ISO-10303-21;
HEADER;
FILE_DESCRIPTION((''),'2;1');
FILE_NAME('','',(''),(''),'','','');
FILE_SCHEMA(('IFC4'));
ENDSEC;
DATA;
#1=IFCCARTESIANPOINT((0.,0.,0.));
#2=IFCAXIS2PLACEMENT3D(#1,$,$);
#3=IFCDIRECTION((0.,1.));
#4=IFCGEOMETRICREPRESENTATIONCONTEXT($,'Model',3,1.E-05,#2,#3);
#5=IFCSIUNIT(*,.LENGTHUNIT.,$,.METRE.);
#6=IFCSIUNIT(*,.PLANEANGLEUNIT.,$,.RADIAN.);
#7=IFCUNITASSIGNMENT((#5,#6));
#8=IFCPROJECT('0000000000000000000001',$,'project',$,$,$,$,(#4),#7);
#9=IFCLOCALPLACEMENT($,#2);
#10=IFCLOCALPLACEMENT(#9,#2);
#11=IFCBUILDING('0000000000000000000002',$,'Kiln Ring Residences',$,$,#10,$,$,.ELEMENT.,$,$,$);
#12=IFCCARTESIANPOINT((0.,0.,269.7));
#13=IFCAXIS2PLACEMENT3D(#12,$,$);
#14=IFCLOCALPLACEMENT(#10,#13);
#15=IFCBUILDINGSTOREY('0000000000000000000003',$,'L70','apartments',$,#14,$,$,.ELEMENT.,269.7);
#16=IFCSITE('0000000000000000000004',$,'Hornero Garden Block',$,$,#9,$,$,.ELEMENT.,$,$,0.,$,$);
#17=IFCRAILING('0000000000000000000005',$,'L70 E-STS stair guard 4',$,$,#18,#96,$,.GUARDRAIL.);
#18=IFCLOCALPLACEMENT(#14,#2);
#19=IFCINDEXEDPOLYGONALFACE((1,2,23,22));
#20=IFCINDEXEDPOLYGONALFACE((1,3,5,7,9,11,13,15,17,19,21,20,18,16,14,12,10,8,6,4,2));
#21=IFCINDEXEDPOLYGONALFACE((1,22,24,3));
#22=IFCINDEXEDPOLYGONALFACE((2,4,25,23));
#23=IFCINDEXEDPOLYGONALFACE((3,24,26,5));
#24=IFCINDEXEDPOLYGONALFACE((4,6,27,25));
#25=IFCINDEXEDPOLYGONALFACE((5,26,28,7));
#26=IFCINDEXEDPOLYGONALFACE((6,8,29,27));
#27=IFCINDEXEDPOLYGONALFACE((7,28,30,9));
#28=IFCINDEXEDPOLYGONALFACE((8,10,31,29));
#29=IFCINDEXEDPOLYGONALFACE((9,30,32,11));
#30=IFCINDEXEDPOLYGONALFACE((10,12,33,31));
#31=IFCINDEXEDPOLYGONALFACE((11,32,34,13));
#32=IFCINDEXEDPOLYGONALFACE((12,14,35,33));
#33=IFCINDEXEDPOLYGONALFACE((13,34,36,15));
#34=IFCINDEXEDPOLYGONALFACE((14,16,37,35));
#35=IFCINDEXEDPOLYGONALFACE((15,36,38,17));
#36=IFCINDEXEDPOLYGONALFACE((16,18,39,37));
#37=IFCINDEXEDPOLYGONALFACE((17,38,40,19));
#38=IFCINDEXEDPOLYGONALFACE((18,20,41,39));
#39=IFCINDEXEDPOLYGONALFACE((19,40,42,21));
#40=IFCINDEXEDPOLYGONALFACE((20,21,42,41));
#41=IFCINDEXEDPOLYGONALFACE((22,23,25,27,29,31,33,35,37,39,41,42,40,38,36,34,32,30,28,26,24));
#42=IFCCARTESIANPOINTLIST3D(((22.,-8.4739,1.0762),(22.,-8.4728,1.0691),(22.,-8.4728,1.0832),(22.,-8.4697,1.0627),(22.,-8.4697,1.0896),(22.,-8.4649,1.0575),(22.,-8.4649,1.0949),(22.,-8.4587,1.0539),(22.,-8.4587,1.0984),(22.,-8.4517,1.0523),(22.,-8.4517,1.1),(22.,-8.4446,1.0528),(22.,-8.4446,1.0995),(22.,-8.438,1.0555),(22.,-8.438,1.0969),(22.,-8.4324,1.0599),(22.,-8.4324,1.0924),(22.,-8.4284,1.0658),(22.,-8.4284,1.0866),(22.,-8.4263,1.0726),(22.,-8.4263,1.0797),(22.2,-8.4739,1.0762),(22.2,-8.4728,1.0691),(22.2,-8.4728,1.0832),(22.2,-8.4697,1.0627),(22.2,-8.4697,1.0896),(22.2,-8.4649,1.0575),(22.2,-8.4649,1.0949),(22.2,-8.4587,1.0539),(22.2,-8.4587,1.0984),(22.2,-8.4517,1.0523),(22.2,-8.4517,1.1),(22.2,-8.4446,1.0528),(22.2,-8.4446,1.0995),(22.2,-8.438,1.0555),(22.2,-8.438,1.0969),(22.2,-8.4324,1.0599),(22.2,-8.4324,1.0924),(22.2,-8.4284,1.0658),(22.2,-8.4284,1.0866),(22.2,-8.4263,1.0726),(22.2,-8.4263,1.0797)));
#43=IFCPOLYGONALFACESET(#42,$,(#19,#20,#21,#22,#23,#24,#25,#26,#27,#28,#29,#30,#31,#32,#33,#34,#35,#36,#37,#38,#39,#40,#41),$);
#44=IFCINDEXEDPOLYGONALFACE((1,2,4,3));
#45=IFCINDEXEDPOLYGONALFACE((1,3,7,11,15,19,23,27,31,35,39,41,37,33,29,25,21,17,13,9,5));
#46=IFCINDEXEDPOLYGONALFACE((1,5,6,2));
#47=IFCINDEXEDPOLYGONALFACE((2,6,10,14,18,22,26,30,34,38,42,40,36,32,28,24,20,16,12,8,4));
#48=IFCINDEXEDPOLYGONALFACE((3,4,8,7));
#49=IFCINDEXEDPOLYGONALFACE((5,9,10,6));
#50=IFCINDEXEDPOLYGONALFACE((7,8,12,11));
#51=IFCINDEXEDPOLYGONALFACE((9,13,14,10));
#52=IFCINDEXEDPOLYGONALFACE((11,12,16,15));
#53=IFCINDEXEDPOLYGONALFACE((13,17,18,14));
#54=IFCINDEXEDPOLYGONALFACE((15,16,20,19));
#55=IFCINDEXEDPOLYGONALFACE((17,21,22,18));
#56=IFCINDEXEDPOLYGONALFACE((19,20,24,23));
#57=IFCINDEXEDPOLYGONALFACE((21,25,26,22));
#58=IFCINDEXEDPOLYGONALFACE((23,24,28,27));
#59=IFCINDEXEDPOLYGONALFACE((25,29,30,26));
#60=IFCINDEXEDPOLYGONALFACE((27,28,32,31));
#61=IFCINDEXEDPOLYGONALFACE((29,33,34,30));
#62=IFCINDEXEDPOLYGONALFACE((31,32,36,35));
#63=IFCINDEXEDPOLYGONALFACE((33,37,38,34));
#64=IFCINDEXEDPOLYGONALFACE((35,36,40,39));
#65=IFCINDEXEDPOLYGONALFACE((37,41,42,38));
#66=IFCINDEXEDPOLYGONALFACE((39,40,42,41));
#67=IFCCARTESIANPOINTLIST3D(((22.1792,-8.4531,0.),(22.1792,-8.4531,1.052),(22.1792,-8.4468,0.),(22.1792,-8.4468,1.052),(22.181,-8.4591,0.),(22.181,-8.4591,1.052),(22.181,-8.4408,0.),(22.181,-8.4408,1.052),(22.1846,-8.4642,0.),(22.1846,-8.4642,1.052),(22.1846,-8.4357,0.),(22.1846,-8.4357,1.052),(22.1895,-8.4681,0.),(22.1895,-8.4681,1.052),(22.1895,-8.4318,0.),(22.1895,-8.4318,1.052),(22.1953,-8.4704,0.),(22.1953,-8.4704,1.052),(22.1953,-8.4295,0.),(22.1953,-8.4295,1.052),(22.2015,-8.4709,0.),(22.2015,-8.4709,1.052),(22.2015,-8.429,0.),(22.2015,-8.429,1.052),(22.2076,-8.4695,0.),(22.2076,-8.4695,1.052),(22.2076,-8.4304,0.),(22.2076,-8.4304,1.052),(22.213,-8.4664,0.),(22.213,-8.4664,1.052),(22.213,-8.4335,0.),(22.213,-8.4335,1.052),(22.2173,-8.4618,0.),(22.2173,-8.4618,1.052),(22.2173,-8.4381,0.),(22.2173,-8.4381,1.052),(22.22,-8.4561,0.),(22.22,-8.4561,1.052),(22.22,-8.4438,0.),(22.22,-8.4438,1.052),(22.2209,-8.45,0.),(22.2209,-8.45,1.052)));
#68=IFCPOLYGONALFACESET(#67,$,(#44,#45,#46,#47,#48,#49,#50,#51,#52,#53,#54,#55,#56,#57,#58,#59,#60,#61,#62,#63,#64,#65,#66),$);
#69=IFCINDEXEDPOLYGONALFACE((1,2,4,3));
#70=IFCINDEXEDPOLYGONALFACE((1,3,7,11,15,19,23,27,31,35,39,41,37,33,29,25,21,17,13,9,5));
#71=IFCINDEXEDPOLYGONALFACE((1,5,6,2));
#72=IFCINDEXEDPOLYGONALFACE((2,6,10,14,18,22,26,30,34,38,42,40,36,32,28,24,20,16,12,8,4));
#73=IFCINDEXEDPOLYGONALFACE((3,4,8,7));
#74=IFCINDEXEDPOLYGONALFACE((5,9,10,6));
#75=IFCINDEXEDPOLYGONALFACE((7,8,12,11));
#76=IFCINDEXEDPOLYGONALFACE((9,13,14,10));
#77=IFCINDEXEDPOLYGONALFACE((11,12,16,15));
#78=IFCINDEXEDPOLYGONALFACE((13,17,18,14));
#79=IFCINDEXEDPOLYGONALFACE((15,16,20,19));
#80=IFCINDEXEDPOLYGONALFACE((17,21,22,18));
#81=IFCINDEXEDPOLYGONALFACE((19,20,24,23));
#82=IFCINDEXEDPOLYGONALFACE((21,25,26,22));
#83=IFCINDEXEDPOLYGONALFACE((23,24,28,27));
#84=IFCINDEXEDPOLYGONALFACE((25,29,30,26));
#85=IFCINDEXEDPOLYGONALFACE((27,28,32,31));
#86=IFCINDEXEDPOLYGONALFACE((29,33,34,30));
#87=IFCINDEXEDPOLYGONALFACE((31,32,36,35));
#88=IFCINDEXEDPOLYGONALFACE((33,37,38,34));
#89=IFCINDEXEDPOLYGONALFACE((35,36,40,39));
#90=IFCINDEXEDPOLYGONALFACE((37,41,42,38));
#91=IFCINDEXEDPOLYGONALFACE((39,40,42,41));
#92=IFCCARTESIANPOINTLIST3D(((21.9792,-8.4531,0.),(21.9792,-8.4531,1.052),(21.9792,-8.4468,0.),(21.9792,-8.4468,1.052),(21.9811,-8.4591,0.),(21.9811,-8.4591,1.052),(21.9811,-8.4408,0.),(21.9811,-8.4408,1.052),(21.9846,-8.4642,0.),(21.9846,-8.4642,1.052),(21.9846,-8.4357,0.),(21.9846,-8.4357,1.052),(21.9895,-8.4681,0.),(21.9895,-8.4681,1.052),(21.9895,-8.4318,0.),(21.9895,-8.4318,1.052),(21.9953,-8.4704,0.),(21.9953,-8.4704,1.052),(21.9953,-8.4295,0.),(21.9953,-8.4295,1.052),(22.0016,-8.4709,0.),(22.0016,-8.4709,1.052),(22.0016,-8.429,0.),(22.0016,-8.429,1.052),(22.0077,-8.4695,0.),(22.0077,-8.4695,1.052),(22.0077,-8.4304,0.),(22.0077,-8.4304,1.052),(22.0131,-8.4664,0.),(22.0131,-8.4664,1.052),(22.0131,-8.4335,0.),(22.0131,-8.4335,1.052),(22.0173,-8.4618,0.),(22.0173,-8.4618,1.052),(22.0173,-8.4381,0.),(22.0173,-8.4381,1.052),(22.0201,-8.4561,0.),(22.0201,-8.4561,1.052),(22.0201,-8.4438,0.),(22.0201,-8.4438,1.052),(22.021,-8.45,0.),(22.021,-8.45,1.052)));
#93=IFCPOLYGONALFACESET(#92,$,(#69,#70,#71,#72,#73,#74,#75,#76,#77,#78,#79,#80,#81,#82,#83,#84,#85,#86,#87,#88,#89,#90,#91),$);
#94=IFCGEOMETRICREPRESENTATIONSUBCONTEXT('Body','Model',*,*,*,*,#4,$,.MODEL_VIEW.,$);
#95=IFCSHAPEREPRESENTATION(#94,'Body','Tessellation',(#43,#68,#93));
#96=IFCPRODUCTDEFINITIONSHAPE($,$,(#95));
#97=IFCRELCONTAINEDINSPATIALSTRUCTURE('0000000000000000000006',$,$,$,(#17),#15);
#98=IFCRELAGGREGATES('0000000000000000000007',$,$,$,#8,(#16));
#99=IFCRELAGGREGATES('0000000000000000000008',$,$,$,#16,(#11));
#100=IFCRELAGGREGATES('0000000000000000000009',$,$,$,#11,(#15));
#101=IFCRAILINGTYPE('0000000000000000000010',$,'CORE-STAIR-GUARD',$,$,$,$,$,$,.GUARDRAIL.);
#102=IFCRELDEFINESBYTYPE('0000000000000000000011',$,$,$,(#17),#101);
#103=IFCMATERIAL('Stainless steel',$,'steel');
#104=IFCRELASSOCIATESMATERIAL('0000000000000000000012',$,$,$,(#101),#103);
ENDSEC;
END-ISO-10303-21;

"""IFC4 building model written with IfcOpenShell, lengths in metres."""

from ifc_helpers import new_model, si_unit, direction, frame, origin, origin_2d, place, context, subcontext, project, spatial, circle, extrude, material, type_object, element, save


model = new_model("IFC4")

# Units and contexts
model_context = context("Model", 3, precision=1e-05, world=origin(), true_north=direction((0.0, 1.0)))
body_context = subcontext(model_context, "Body", "Model", "MODEL_VIEW")
ifc_project = project(units=[si_unit("LENGTHUNIT", "METRE"), si_unit("PLANEANGLEUNIT", "RADIAN")], contexts=[model_context])

# Site, building, storey
site_placement = place(None, origin())
site = spatial("IfcSite", under=ifc_project, at=site_placement, Name="Hornero Garden Block", CompositionType="ELEMENT", RefElevation=0.0)
building_placement = place(site_placement, origin())
building = spatial("IfcBuilding", under=site, at=building_placement, Name="Kiln Ring Residences", CompositionType="ELEMENT")
storey_placement = place(building_placement, frame((0.0, 0.0, 269.7)))
storey = spatial("IfcBuildingStorey", under=building, at=storey_placement, Name="L70", Description="apartments", CompositionType="ELEMENT", Elevation=269.7)

# Railing
ifc_material_1 = material(Name="Stainless steel", Category="steel")
railing_type_1 = type_object("IfcRailingType", Name="CORE-STAIR-GUARD", PredefinedType="GUARDRAIL", material=ifc_material_1)
railing_1_placement = place(storey_placement, frame((22.2, -8.45, 0.0)))
element("IfcRailing", 1, at=railing_1_placement, inside=storey, type_object=railing_type_1, Name="L70 E-STS stair guard 4", PredefinedType="GUARDRAIL", context=body_context, shape_type="SweptSolid", body=[
    extrude(circle(Radius=0.0239, at=origin_2d()), frame((0.0, 0.0, 1.0762), z_axis=(-1.0, 0.0, 0.0), x_axis=(0.0, -1.0, 0.0)), (0.0, 0.0, 1.0), 0.2),
    extrude(circle(Radius=0.021, at=origin_2d()), origin(), (0.0, 0.0, 1.0), 1.052),
    extrude(circle(Radius=0.021, at=origin_2d()), frame((-0.2, 0.0, 0.0)), (0.0, 0.0, 1.0), 1.052),
])

save(model, "model.ifc")
